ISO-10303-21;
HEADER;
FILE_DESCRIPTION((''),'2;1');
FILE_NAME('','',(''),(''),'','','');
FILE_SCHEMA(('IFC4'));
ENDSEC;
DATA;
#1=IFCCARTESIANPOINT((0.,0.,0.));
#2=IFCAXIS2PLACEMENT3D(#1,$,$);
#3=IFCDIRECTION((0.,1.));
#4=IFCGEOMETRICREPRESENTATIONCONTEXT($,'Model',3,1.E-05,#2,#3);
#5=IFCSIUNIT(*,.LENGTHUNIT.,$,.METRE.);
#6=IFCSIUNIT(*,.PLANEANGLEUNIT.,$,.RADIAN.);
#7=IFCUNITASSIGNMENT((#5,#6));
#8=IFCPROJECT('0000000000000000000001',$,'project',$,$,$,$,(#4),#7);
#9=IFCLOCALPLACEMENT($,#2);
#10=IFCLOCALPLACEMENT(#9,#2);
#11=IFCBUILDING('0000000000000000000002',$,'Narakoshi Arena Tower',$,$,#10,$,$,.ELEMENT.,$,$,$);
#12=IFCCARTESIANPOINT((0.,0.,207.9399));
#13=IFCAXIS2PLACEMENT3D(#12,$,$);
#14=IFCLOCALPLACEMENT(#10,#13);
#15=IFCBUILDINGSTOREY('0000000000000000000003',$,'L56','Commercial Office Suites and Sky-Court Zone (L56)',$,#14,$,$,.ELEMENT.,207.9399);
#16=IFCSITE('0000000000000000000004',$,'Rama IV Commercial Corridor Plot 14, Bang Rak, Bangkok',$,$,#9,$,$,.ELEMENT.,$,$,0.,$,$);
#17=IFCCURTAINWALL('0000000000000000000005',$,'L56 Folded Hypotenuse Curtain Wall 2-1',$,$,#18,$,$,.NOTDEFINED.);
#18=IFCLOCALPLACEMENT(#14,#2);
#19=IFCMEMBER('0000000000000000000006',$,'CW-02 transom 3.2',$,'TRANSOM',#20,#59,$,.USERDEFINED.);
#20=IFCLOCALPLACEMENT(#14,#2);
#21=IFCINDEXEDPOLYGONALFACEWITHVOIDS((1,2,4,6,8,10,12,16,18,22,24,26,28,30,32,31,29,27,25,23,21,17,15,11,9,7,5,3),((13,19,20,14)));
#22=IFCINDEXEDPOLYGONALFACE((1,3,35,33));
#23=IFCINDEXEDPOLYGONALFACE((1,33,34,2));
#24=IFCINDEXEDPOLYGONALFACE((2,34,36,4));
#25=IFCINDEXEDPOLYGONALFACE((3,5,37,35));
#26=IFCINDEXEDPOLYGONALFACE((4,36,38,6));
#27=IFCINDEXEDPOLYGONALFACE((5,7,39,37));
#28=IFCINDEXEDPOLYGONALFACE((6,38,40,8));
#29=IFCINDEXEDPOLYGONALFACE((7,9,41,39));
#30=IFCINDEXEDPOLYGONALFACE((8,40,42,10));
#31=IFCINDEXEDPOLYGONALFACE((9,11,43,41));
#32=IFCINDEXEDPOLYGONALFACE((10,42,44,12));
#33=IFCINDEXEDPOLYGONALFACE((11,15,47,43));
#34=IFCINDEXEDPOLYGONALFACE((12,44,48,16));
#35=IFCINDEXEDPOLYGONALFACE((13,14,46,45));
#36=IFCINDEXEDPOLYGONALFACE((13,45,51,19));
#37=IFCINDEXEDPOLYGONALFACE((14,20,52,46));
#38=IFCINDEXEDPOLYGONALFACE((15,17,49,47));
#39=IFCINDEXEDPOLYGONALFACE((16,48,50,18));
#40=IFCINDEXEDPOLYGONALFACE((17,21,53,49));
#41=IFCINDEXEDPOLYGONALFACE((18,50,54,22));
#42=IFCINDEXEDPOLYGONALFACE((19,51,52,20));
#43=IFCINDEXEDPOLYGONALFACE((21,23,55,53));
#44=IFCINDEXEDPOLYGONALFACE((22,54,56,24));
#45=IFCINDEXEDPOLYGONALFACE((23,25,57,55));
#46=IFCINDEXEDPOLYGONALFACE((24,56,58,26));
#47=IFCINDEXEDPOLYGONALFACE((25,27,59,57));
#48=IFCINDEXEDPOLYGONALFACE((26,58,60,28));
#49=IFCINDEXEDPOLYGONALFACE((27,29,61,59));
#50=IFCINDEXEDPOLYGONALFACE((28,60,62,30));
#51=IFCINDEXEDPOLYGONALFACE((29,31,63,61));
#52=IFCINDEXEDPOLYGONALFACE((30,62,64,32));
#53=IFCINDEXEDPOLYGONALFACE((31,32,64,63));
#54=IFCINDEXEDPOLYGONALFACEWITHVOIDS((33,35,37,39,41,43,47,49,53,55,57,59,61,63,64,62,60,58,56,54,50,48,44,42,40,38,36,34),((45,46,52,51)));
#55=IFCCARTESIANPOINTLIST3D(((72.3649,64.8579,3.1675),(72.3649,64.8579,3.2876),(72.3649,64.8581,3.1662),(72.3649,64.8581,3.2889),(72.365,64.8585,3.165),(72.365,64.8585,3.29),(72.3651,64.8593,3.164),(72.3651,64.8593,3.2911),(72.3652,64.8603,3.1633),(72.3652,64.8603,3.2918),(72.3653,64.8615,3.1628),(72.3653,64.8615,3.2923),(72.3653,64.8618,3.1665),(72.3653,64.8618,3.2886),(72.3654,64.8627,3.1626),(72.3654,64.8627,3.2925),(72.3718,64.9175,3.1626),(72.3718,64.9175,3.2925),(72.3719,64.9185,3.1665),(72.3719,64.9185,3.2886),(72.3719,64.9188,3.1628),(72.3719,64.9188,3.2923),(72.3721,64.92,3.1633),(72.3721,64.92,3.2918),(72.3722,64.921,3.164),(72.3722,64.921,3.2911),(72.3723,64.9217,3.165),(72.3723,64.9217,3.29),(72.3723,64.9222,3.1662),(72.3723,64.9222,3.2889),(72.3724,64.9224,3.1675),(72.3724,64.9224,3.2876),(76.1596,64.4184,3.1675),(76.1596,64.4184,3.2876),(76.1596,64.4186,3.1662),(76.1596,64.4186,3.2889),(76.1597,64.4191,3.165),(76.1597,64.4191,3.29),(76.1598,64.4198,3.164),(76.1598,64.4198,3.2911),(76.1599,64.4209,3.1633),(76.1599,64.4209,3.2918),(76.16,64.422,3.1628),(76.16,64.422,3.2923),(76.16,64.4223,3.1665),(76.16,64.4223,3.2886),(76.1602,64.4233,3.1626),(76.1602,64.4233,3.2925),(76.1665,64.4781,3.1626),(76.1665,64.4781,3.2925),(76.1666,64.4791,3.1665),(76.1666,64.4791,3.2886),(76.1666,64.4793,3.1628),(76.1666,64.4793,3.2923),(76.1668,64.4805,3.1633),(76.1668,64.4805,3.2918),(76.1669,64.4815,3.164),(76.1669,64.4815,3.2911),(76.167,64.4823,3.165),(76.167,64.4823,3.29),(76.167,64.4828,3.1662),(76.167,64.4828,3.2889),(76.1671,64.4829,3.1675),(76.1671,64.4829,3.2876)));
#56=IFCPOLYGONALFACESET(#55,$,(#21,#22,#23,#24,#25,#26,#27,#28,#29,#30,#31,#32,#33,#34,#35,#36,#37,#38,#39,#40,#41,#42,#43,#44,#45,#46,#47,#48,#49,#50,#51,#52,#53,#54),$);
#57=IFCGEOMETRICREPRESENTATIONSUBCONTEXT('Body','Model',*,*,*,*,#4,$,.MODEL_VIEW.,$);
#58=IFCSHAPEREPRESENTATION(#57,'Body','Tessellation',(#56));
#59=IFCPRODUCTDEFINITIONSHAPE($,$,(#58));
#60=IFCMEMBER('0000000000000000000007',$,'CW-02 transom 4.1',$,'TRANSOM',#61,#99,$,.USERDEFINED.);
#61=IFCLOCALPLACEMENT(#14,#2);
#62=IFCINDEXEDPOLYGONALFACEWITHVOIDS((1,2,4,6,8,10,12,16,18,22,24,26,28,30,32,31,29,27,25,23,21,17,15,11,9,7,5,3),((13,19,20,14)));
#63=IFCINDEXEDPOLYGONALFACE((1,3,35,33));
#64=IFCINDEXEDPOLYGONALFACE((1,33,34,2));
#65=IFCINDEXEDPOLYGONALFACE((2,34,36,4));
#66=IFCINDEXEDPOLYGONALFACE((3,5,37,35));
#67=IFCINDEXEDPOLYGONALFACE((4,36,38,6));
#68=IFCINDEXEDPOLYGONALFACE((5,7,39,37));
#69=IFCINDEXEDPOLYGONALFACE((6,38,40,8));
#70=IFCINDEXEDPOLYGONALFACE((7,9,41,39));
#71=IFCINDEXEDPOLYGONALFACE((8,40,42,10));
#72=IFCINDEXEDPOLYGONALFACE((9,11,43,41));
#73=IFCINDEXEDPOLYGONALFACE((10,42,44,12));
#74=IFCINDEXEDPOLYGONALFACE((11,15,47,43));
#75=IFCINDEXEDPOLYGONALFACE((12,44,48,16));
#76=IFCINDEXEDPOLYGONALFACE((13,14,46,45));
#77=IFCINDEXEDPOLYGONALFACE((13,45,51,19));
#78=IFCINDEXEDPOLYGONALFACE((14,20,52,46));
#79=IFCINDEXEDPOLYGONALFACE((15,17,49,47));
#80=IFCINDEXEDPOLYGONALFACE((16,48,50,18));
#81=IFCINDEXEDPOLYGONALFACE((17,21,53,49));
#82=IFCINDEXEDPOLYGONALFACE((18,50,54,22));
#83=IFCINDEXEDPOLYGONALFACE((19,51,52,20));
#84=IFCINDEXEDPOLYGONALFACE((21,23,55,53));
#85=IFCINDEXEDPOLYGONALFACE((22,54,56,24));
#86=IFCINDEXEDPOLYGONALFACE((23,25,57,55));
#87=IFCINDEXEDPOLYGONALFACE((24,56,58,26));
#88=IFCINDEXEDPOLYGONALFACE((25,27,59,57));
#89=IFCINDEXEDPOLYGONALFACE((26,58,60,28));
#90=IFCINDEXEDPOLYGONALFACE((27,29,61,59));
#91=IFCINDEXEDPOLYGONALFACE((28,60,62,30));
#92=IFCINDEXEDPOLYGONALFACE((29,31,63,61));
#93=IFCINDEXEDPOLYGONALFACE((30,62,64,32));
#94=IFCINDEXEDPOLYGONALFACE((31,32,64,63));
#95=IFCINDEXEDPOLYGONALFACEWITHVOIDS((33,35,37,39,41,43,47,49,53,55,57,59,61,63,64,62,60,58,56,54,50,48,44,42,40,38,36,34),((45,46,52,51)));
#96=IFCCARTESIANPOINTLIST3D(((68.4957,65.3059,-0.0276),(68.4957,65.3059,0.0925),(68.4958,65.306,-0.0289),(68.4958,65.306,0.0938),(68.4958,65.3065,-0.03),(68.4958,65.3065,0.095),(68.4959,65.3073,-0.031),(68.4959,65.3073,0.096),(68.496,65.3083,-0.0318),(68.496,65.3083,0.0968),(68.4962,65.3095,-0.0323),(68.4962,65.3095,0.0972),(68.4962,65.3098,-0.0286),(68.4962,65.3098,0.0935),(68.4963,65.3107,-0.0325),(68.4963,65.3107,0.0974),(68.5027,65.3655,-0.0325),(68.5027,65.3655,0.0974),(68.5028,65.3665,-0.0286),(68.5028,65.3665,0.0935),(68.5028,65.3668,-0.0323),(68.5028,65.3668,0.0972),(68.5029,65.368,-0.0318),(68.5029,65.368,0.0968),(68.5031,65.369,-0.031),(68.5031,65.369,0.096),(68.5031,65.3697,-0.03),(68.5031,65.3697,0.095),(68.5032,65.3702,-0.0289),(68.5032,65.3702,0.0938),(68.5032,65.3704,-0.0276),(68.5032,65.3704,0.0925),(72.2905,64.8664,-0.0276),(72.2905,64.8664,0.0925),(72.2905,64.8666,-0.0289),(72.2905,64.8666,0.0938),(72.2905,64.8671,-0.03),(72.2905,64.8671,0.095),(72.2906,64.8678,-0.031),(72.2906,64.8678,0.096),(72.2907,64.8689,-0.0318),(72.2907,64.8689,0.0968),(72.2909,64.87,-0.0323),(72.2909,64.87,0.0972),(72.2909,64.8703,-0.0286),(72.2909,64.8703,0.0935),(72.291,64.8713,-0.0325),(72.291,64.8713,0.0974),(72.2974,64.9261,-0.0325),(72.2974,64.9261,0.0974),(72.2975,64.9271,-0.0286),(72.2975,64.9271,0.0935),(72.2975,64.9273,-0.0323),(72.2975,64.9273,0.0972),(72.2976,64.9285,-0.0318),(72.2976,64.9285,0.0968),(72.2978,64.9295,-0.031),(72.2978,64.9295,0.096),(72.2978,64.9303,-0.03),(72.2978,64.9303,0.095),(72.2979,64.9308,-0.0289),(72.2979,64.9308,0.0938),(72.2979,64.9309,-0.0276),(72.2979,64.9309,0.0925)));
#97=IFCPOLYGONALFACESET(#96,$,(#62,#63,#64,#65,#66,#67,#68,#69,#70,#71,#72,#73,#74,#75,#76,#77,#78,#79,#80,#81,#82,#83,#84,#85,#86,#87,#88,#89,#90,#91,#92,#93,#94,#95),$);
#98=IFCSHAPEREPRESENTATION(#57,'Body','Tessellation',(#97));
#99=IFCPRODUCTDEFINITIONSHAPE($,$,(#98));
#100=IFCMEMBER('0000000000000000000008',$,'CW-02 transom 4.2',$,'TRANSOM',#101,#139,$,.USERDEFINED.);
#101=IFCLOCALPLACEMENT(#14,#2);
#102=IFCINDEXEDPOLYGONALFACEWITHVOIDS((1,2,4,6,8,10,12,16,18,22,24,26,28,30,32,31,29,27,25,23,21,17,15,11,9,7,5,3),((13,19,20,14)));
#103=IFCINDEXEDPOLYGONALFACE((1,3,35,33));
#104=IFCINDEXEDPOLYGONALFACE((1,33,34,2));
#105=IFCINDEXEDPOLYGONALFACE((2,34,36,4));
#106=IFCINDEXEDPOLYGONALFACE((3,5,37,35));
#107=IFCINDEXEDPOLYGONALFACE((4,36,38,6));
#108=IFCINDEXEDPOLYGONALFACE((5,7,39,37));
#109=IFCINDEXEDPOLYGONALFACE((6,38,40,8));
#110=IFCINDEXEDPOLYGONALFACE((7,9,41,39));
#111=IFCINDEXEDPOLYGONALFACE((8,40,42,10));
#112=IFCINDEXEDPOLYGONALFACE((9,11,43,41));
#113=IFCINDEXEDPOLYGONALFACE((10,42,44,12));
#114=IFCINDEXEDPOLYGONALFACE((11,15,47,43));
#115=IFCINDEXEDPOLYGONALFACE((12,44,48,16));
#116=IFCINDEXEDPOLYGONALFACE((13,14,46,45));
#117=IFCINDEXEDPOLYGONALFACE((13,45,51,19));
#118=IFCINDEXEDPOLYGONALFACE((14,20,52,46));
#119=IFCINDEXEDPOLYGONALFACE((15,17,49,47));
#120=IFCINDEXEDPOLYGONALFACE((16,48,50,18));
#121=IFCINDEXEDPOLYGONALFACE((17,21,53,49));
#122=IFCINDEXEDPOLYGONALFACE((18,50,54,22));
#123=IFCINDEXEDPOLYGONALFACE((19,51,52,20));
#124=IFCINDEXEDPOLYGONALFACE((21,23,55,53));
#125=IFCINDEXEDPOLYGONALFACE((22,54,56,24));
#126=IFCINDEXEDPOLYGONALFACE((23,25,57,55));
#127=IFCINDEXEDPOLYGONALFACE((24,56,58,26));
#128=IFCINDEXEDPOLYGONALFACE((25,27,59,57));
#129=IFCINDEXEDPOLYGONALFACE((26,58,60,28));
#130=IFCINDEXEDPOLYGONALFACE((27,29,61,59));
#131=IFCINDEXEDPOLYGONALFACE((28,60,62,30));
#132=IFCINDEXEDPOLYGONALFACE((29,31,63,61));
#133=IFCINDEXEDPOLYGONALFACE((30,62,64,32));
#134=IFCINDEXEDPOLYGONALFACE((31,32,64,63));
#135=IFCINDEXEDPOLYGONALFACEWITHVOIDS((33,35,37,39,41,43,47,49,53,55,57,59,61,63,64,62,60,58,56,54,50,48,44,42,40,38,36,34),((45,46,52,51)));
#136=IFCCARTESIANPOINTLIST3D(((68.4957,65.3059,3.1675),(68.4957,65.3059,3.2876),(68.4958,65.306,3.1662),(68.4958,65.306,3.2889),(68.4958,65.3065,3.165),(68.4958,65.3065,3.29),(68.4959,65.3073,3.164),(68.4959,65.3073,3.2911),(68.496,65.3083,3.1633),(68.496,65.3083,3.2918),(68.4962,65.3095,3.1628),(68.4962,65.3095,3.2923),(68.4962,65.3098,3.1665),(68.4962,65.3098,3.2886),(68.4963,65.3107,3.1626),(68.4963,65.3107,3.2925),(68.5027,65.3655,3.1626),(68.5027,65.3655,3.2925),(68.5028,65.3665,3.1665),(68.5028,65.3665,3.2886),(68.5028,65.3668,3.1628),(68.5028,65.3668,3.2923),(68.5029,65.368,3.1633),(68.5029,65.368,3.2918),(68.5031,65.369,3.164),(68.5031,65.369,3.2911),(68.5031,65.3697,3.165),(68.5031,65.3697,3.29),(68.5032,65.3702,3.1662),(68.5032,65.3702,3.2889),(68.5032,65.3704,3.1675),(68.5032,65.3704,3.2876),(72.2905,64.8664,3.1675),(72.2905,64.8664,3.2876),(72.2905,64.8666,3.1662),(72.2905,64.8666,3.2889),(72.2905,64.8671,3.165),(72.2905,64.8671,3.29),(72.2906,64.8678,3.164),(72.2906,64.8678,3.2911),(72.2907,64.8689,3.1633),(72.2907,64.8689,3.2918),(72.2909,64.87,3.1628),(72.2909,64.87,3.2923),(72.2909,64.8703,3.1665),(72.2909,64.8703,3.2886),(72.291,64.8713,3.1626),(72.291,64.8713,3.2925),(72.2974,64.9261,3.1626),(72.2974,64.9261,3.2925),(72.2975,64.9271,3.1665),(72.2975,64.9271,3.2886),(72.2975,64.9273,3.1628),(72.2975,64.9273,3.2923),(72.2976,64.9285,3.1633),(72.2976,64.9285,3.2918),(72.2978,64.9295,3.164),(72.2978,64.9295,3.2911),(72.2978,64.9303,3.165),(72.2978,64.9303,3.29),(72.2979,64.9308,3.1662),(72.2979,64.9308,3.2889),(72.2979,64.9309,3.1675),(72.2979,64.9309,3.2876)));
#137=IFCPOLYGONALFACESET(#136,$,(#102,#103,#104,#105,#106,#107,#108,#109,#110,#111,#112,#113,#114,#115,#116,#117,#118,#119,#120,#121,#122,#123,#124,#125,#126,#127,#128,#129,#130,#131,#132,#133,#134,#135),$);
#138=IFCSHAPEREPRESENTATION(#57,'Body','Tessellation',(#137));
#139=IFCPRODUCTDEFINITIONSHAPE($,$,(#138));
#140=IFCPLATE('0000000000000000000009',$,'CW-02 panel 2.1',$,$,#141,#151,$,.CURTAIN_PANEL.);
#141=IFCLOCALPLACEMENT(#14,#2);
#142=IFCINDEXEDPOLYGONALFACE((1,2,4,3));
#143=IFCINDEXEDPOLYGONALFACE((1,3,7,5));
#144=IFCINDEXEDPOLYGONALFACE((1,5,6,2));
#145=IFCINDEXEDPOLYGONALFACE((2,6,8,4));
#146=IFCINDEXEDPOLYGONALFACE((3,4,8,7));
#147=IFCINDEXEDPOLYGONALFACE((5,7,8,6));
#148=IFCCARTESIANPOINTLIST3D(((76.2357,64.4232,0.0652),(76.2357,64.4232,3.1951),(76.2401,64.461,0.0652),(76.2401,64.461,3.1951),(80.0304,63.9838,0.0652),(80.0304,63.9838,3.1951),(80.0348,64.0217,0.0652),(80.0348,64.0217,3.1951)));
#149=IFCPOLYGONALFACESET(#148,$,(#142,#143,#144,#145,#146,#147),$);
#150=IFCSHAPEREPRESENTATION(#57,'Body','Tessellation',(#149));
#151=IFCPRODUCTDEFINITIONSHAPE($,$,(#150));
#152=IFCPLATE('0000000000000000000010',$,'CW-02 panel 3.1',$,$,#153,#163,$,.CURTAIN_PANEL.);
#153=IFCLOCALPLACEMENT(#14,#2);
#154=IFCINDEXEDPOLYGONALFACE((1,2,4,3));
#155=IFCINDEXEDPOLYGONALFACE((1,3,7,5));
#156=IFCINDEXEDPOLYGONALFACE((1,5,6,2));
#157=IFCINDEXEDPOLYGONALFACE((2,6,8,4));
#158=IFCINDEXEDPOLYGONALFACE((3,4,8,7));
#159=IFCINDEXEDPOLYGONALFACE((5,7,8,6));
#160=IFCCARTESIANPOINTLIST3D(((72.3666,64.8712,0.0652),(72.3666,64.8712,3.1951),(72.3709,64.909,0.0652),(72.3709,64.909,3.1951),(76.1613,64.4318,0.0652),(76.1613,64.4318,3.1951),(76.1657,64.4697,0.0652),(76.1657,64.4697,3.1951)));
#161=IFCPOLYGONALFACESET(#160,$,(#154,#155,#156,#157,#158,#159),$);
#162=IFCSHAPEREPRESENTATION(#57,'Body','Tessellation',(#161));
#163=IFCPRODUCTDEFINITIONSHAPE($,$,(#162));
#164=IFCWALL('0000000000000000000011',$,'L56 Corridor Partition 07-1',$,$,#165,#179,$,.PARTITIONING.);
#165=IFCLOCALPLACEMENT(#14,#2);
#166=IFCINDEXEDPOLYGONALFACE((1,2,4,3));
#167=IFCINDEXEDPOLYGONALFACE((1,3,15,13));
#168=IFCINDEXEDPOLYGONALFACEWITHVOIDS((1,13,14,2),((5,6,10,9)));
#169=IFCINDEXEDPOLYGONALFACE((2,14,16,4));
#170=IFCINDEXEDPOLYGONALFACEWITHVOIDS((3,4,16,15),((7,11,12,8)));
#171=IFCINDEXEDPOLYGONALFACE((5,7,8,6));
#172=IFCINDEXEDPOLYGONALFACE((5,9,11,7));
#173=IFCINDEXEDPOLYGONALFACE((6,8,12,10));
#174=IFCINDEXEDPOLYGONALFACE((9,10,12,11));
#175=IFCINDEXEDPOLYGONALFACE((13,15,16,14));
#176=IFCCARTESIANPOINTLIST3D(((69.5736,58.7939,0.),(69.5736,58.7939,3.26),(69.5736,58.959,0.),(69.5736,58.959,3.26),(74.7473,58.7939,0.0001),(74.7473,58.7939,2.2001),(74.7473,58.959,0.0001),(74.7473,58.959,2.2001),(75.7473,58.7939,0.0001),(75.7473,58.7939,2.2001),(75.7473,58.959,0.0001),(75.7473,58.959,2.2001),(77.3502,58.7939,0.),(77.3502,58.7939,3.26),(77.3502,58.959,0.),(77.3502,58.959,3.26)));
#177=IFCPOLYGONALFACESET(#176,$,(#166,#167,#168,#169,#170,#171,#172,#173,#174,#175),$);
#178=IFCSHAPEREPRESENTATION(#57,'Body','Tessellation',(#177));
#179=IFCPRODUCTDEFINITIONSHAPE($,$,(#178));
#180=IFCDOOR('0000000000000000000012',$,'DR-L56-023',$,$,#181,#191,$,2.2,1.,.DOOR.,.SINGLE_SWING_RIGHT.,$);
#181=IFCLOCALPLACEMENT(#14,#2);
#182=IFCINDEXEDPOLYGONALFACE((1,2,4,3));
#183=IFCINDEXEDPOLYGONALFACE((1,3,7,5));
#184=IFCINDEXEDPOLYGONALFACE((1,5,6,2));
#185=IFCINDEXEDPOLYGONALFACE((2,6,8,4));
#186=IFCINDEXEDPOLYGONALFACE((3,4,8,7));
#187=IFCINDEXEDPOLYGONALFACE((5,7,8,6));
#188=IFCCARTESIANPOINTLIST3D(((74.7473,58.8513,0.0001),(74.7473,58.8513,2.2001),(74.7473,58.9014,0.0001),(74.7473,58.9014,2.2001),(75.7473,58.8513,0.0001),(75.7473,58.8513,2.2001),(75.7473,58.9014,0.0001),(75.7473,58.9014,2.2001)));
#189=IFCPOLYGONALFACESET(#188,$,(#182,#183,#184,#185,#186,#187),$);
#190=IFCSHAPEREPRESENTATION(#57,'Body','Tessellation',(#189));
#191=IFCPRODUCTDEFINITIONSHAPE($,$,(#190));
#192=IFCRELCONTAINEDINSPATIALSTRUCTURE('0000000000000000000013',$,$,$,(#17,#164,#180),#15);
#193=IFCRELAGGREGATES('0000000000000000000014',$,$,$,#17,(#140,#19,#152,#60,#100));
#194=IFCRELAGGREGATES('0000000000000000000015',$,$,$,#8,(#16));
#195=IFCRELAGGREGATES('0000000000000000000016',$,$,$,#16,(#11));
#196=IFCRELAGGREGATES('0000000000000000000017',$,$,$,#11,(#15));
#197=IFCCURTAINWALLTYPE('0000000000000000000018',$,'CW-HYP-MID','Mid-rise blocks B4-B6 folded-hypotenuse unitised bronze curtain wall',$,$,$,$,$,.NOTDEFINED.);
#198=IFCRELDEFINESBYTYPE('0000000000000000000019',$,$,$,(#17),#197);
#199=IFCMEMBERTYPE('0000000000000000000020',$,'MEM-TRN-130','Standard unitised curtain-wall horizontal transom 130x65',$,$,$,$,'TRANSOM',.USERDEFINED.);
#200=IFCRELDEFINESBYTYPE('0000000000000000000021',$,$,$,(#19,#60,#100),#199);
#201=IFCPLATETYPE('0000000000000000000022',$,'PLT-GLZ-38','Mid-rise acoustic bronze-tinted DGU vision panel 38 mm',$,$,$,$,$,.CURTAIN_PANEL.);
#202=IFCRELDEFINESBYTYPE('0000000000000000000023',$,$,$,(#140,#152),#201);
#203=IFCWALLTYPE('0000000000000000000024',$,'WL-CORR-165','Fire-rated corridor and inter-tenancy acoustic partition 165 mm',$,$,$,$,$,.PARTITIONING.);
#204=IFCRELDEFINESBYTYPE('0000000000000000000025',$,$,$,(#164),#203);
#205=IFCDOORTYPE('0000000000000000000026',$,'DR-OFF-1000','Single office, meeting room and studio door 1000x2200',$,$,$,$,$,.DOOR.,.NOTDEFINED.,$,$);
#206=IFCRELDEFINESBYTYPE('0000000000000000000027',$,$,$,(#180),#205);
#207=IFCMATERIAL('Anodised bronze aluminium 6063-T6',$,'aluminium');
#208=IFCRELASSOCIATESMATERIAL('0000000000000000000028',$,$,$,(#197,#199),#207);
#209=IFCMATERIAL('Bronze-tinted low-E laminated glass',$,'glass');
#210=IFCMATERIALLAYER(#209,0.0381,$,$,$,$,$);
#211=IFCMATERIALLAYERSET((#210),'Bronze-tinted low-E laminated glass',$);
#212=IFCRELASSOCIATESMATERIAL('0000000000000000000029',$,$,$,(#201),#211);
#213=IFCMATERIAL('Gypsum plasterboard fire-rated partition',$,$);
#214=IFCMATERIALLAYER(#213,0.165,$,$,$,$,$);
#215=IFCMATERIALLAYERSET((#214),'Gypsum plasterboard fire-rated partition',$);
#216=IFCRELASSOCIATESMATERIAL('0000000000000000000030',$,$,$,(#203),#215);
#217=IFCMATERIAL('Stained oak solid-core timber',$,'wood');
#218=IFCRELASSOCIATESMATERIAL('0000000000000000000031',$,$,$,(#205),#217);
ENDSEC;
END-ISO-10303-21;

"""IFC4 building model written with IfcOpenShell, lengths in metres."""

from ifc_helpers import new_model, si_unit, direction, frame, frame_2d, origin, origin_2d, place, context, subcontext, project, spatial, rectangle, hollow_rectangle, extrude, material, layer, layer_set, material_profile, profile_set, type_object, element, fill, aggregate, save


model = new_model("IFC4")

# Units and contexts
model_context = context("Model", 3, precision=1e-05, world=origin(), true_north=direction((0.0, 1.0)))
body_context = subcontext(model_context, "Body", "Model", "MODEL_VIEW")
ifc_project = project(units=[si_unit("LENGTHUNIT", "METRE"), si_unit("PLANEANGLEUNIT", "RADIAN")], contexts=[model_context])

# Site, building, storey
site_placement = place(None, origin())
site = spatial("IfcSite", under=ifc_project, at=site_placement, Name="Rama IV Commercial Corridor Plot 14, Bang Rak, Bangkok", CompositionType="ELEMENT", RefElevation=0.0)
building_placement = place(site_placement, origin())
building = spatial("IfcBuilding", under=site, at=building_placement, Name="Narakoshi Arena Tower", CompositionType="ELEMENT")
storey_placement = place(building_placement, frame((0.0, 0.0, 207.9399)))
storey = spatial("IfcBuildingStorey", under=building, at=storey_placement, Name="L56", Description="Commercial Office Suites and Sky-Court Zone (L56)", CompositionType="ELEMENT", Elevation=207.9399)

# Curtain wall, members, plates
ifc_material_1 = material(Name="Anodised bronze aluminium 6063-T6", Category="aluminium")
curtain_wall_type = type_object("IfcCurtainWallType", Name="CW-HYP-MID", Description="Mid-rise blocks B4-B6 folded-hypotenuse unitised bronze curtain wall", PredefinedType="NOTDEFINED", material=ifc_material_1)
curtain_wall_placement = place(storey_placement, origin())
curtain_wall = element("IfcCurtainWall", 1, at=curtain_wall_placement, inside=storey, type_object=curtain_wall_type, Name="L56 Folded Hypotenuse Curtain Wall 2-1", PredefinedType="NOTDEFINED")
ifc_material_profile_1 = material_profile(ifc_material_1, hollow_rectangle(XDim=0.0649, YDim=0.1299, WallThickness=0.0039, OuterFilletRadius=0.0049, at=origin_2d()), Name="TRN130x65x4")
ifc_profile_set_1 = profile_set([ifc_material_profile_1], Name="Anodised bronze aluminium 6063-T6")
member_type_1 = type_object("IfcMemberType", Name="MEM-TRN-130", Description="Standard unitised curtain-wall horizontal transom 130x65", ElementType="TRANSOM", PredefinedType="USERDEFINED", material=ifc_profile_set_1)
member_1_placement = place(storey_placement, frame((76.1633, 64.4507, 3.2275), z_axis=(-0.993361, 0.115039, 0.0), x_axis=(-0.115039, -0.993361, 0.0)))
member_1 = element("IfcMember", 2, at=member_1_placement, type_object=member_type_1, Name="CW-02 transom 3.2", ObjectType="TRANSOM", PredefinedType="USERDEFINED", context=body_context, shape_type="SweptSolid", body=[
    extrude(hollow_rectangle(XDim=0.0649, YDim=0.1299, WallThickness=0.0039, OuterFilletRadius=0.0049, at=origin_2d()), origin(), (0.0, 0.0, 1.0), 3.8201),
])
member_2_placement = place(storey_placement, frame((72.2942, 64.8987, 0.0325), z_axis=(-0.993361, 0.115039, 0.0), x_axis=(-0.115039, -0.993361, 0.0)))
member_2 = element("IfcMember", 3, at=member_2_placement, type_object=member_type_1, Name="CW-02 transom 4.1", ObjectType="TRANSOM", PredefinedType="USERDEFINED", context=body_context, shape_type="SweptSolid", body=[
    extrude(hollow_rectangle(XDim=0.0649, YDim=0.1299, WallThickness=0.0039, OuterFilletRadius=0.0049, at=origin_2d()), origin(), (0.0, 0.0, 1.0), 3.8201),
])
member_3_placement = place(storey_placement, frame((72.2942, 64.8987, 3.2275), z_axis=(-0.993361, 0.115039, 0.0), x_axis=(-0.115039, -0.993361, 0.0)))
member_3 = element("IfcMember", 4, at=member_3_placement, type_object=member_type_1, Name="CW-02 transom 4.2", ObjectType="TRANSOM", PredefinedType="USERDEFINED", context=body_context, shape_type="SweptSolid", body=[
    extrude(hollow_rectangle(XDim=0.0649, YDim=0.1299, WallThickness=0.0039, OuterFilletRadius=0.0049, at=origin_2d()), origin(), (0.0, 0.0, 1.0), 3.8201),
])
ifc_material_2 = material(Name="Bronze-tinted low-E laminated glass", Category="glass")
ifc_layer_1 = layer(ifc_material_2, 0.0381)
ifc_layer_set_1 = layer_set([ifc_layer_1], Name="Bronze-tinted low-E laminated glass")
plate_type = type_object("IfcPlateType", Name="PLT-GLZ-38", Description="Mid-rise acoustic bronze-tinted DGU vision panel 38 mm", PredefinedType="CURTAIN_PANEL", material=ifc_layer_set_1)
plate_1_placement = place(storey_placement, frame((78.1353, 64.2224, 0.0652), z_axis=(0.0, 0.0, 1.0), x_axis=(-0.993364, 0.115011, 0.0)))
plate_1 = element("IfcPlate", 5, at=plate_1_placement, type_object=plate_type, Name="CW-02 panel 2.1", PredefinedType="CURTAIN_PANEL", context=body_context, shape_type="SweptSolid", body=[
    extrude(rectangle(XDim=3.8201, YDim=0.0381, at=origin_2d()), origin(), (0.0, 0.0, 1.0), 3.1299),
])
plate_2_placement = place(storey_placement, frame((74.2661, 64.6704, 0.0652), z_axis=(0.0, 0.0, 1.0), x_axis=(-0.993364, 0.115011, 0.0)))
plate_2 = element("IfcPlate", 6, at=plate_2_placement, type_object=plate_type, Name="CW-02 panel 3.1", PredefinedType="CURTAIN_PANEL", context=body_context, shape_type="SweptSolid", body=[
    extrude(rectangle(XDim=3.8201, YDim=0.0381, at=origin_2d()), origin(), (0.0, 0.0, 1.0), 3.1299),
])
aggregate(curtain_wall, [plate_1, member_1, plate_2, member_2, member_3])

# Wall, opening, door
ifc_material_3 = material(Name="Gypsum plasterboard fire-rated partition")
ifc_layer_2 = layer(ifc_material_3, 0.165)
ifc_layer_set_2 = layer_set([ifc_layer_2], Name="Gypsum plasterboard fire-rated partition")
wall_type_1 = type_object("IfcWallType", Name="WL-CORR-165", Description="Fire-rated corridor and inter-tenancy acoustic partition 165 mm", PredefinedType="PARTITIONING", material=ifc_layer_set_2)
wall_1_placement = place(storey_placement, frame((77.3501, 58.8765, 0.0), z_axis=(0.0, 0.0, 1.0), x_axis=(-1.0, 0.0, 0.0)))
wall_1 = element("IfcWall", 7, at=wall_1_placement, inside=storey, type_object=wall_type_1, Name="L56 Corridor Partition 07-1", PredefinedType="PARTITIONING", context=body_context, shape_type="SweptSolid", body=[
    extrude(rectangle(XDim=7.7766, YDim=0.165, at=frame_2d((3.8882, 0.0))), origin(), (0.0, 0.0, 1.0), 3.26),
])
opening_placement = place(wall_1_placement, frame((1.6028, 0.0, 0.0)))
opening = element("IfcOpeningElement", 8, at=opening_placement, cuts=wall_1, PredefinedType="OPENING", context=body_context, shape_type="SweptSolid", body=[
    extrude(rectangle(XDim=1.0, YDim=2.2, at=frame_2d((0.5, 1.1001))), frame((0.0, 0.0925, 0.0), z_axis=(0.0, -1.0, 0.0), x_axis=(1.0, 0.0, 0.0)), (0.0, 0.0, 1.0), 0.1851),
])
ifc_material_4 = material(Name="Stained oak solid-core timber", Category="wood")
door_type = type_object("IfcDoorType", Name="DR-OFF-1000", Description="Single office, meeting room and studio door 1000x2200", OperationType="NOTDEFINED", PredefinedType="DOOR", material=ifc_material_4)
door_placement = place(opening_placement, frame((1.0, 0.0, 0.0), z_axis=(0.0, 0.0, 1.0), x_axis=(-1.0, 0.0, 0.0)))
door = element("IfcDoor", 9, at=door_placement, inside=storey, type_object=door_type, Name="DR-L56-023", OperationType="SINGLE_SWING_RIGHT", OverallHeight=2.2, OverallWidth=1.0, PredefinedType="DOOR", context=body_context, shape_type="SweptSolid", body=[
    extrude(rectangle(XDim=1.0, YDim=2.2, at=frame_2d((0.5, 1.1001))), frame((0.0, 0.0249, 0.0), z_axis=(0.0, -1.0, 0.0), x_axis=(1.0, 0.0, 0.0)), (0.0, 0.0, 1.0), 0.05),
])
fill(opening, door)

save(model, "model.ifc")
